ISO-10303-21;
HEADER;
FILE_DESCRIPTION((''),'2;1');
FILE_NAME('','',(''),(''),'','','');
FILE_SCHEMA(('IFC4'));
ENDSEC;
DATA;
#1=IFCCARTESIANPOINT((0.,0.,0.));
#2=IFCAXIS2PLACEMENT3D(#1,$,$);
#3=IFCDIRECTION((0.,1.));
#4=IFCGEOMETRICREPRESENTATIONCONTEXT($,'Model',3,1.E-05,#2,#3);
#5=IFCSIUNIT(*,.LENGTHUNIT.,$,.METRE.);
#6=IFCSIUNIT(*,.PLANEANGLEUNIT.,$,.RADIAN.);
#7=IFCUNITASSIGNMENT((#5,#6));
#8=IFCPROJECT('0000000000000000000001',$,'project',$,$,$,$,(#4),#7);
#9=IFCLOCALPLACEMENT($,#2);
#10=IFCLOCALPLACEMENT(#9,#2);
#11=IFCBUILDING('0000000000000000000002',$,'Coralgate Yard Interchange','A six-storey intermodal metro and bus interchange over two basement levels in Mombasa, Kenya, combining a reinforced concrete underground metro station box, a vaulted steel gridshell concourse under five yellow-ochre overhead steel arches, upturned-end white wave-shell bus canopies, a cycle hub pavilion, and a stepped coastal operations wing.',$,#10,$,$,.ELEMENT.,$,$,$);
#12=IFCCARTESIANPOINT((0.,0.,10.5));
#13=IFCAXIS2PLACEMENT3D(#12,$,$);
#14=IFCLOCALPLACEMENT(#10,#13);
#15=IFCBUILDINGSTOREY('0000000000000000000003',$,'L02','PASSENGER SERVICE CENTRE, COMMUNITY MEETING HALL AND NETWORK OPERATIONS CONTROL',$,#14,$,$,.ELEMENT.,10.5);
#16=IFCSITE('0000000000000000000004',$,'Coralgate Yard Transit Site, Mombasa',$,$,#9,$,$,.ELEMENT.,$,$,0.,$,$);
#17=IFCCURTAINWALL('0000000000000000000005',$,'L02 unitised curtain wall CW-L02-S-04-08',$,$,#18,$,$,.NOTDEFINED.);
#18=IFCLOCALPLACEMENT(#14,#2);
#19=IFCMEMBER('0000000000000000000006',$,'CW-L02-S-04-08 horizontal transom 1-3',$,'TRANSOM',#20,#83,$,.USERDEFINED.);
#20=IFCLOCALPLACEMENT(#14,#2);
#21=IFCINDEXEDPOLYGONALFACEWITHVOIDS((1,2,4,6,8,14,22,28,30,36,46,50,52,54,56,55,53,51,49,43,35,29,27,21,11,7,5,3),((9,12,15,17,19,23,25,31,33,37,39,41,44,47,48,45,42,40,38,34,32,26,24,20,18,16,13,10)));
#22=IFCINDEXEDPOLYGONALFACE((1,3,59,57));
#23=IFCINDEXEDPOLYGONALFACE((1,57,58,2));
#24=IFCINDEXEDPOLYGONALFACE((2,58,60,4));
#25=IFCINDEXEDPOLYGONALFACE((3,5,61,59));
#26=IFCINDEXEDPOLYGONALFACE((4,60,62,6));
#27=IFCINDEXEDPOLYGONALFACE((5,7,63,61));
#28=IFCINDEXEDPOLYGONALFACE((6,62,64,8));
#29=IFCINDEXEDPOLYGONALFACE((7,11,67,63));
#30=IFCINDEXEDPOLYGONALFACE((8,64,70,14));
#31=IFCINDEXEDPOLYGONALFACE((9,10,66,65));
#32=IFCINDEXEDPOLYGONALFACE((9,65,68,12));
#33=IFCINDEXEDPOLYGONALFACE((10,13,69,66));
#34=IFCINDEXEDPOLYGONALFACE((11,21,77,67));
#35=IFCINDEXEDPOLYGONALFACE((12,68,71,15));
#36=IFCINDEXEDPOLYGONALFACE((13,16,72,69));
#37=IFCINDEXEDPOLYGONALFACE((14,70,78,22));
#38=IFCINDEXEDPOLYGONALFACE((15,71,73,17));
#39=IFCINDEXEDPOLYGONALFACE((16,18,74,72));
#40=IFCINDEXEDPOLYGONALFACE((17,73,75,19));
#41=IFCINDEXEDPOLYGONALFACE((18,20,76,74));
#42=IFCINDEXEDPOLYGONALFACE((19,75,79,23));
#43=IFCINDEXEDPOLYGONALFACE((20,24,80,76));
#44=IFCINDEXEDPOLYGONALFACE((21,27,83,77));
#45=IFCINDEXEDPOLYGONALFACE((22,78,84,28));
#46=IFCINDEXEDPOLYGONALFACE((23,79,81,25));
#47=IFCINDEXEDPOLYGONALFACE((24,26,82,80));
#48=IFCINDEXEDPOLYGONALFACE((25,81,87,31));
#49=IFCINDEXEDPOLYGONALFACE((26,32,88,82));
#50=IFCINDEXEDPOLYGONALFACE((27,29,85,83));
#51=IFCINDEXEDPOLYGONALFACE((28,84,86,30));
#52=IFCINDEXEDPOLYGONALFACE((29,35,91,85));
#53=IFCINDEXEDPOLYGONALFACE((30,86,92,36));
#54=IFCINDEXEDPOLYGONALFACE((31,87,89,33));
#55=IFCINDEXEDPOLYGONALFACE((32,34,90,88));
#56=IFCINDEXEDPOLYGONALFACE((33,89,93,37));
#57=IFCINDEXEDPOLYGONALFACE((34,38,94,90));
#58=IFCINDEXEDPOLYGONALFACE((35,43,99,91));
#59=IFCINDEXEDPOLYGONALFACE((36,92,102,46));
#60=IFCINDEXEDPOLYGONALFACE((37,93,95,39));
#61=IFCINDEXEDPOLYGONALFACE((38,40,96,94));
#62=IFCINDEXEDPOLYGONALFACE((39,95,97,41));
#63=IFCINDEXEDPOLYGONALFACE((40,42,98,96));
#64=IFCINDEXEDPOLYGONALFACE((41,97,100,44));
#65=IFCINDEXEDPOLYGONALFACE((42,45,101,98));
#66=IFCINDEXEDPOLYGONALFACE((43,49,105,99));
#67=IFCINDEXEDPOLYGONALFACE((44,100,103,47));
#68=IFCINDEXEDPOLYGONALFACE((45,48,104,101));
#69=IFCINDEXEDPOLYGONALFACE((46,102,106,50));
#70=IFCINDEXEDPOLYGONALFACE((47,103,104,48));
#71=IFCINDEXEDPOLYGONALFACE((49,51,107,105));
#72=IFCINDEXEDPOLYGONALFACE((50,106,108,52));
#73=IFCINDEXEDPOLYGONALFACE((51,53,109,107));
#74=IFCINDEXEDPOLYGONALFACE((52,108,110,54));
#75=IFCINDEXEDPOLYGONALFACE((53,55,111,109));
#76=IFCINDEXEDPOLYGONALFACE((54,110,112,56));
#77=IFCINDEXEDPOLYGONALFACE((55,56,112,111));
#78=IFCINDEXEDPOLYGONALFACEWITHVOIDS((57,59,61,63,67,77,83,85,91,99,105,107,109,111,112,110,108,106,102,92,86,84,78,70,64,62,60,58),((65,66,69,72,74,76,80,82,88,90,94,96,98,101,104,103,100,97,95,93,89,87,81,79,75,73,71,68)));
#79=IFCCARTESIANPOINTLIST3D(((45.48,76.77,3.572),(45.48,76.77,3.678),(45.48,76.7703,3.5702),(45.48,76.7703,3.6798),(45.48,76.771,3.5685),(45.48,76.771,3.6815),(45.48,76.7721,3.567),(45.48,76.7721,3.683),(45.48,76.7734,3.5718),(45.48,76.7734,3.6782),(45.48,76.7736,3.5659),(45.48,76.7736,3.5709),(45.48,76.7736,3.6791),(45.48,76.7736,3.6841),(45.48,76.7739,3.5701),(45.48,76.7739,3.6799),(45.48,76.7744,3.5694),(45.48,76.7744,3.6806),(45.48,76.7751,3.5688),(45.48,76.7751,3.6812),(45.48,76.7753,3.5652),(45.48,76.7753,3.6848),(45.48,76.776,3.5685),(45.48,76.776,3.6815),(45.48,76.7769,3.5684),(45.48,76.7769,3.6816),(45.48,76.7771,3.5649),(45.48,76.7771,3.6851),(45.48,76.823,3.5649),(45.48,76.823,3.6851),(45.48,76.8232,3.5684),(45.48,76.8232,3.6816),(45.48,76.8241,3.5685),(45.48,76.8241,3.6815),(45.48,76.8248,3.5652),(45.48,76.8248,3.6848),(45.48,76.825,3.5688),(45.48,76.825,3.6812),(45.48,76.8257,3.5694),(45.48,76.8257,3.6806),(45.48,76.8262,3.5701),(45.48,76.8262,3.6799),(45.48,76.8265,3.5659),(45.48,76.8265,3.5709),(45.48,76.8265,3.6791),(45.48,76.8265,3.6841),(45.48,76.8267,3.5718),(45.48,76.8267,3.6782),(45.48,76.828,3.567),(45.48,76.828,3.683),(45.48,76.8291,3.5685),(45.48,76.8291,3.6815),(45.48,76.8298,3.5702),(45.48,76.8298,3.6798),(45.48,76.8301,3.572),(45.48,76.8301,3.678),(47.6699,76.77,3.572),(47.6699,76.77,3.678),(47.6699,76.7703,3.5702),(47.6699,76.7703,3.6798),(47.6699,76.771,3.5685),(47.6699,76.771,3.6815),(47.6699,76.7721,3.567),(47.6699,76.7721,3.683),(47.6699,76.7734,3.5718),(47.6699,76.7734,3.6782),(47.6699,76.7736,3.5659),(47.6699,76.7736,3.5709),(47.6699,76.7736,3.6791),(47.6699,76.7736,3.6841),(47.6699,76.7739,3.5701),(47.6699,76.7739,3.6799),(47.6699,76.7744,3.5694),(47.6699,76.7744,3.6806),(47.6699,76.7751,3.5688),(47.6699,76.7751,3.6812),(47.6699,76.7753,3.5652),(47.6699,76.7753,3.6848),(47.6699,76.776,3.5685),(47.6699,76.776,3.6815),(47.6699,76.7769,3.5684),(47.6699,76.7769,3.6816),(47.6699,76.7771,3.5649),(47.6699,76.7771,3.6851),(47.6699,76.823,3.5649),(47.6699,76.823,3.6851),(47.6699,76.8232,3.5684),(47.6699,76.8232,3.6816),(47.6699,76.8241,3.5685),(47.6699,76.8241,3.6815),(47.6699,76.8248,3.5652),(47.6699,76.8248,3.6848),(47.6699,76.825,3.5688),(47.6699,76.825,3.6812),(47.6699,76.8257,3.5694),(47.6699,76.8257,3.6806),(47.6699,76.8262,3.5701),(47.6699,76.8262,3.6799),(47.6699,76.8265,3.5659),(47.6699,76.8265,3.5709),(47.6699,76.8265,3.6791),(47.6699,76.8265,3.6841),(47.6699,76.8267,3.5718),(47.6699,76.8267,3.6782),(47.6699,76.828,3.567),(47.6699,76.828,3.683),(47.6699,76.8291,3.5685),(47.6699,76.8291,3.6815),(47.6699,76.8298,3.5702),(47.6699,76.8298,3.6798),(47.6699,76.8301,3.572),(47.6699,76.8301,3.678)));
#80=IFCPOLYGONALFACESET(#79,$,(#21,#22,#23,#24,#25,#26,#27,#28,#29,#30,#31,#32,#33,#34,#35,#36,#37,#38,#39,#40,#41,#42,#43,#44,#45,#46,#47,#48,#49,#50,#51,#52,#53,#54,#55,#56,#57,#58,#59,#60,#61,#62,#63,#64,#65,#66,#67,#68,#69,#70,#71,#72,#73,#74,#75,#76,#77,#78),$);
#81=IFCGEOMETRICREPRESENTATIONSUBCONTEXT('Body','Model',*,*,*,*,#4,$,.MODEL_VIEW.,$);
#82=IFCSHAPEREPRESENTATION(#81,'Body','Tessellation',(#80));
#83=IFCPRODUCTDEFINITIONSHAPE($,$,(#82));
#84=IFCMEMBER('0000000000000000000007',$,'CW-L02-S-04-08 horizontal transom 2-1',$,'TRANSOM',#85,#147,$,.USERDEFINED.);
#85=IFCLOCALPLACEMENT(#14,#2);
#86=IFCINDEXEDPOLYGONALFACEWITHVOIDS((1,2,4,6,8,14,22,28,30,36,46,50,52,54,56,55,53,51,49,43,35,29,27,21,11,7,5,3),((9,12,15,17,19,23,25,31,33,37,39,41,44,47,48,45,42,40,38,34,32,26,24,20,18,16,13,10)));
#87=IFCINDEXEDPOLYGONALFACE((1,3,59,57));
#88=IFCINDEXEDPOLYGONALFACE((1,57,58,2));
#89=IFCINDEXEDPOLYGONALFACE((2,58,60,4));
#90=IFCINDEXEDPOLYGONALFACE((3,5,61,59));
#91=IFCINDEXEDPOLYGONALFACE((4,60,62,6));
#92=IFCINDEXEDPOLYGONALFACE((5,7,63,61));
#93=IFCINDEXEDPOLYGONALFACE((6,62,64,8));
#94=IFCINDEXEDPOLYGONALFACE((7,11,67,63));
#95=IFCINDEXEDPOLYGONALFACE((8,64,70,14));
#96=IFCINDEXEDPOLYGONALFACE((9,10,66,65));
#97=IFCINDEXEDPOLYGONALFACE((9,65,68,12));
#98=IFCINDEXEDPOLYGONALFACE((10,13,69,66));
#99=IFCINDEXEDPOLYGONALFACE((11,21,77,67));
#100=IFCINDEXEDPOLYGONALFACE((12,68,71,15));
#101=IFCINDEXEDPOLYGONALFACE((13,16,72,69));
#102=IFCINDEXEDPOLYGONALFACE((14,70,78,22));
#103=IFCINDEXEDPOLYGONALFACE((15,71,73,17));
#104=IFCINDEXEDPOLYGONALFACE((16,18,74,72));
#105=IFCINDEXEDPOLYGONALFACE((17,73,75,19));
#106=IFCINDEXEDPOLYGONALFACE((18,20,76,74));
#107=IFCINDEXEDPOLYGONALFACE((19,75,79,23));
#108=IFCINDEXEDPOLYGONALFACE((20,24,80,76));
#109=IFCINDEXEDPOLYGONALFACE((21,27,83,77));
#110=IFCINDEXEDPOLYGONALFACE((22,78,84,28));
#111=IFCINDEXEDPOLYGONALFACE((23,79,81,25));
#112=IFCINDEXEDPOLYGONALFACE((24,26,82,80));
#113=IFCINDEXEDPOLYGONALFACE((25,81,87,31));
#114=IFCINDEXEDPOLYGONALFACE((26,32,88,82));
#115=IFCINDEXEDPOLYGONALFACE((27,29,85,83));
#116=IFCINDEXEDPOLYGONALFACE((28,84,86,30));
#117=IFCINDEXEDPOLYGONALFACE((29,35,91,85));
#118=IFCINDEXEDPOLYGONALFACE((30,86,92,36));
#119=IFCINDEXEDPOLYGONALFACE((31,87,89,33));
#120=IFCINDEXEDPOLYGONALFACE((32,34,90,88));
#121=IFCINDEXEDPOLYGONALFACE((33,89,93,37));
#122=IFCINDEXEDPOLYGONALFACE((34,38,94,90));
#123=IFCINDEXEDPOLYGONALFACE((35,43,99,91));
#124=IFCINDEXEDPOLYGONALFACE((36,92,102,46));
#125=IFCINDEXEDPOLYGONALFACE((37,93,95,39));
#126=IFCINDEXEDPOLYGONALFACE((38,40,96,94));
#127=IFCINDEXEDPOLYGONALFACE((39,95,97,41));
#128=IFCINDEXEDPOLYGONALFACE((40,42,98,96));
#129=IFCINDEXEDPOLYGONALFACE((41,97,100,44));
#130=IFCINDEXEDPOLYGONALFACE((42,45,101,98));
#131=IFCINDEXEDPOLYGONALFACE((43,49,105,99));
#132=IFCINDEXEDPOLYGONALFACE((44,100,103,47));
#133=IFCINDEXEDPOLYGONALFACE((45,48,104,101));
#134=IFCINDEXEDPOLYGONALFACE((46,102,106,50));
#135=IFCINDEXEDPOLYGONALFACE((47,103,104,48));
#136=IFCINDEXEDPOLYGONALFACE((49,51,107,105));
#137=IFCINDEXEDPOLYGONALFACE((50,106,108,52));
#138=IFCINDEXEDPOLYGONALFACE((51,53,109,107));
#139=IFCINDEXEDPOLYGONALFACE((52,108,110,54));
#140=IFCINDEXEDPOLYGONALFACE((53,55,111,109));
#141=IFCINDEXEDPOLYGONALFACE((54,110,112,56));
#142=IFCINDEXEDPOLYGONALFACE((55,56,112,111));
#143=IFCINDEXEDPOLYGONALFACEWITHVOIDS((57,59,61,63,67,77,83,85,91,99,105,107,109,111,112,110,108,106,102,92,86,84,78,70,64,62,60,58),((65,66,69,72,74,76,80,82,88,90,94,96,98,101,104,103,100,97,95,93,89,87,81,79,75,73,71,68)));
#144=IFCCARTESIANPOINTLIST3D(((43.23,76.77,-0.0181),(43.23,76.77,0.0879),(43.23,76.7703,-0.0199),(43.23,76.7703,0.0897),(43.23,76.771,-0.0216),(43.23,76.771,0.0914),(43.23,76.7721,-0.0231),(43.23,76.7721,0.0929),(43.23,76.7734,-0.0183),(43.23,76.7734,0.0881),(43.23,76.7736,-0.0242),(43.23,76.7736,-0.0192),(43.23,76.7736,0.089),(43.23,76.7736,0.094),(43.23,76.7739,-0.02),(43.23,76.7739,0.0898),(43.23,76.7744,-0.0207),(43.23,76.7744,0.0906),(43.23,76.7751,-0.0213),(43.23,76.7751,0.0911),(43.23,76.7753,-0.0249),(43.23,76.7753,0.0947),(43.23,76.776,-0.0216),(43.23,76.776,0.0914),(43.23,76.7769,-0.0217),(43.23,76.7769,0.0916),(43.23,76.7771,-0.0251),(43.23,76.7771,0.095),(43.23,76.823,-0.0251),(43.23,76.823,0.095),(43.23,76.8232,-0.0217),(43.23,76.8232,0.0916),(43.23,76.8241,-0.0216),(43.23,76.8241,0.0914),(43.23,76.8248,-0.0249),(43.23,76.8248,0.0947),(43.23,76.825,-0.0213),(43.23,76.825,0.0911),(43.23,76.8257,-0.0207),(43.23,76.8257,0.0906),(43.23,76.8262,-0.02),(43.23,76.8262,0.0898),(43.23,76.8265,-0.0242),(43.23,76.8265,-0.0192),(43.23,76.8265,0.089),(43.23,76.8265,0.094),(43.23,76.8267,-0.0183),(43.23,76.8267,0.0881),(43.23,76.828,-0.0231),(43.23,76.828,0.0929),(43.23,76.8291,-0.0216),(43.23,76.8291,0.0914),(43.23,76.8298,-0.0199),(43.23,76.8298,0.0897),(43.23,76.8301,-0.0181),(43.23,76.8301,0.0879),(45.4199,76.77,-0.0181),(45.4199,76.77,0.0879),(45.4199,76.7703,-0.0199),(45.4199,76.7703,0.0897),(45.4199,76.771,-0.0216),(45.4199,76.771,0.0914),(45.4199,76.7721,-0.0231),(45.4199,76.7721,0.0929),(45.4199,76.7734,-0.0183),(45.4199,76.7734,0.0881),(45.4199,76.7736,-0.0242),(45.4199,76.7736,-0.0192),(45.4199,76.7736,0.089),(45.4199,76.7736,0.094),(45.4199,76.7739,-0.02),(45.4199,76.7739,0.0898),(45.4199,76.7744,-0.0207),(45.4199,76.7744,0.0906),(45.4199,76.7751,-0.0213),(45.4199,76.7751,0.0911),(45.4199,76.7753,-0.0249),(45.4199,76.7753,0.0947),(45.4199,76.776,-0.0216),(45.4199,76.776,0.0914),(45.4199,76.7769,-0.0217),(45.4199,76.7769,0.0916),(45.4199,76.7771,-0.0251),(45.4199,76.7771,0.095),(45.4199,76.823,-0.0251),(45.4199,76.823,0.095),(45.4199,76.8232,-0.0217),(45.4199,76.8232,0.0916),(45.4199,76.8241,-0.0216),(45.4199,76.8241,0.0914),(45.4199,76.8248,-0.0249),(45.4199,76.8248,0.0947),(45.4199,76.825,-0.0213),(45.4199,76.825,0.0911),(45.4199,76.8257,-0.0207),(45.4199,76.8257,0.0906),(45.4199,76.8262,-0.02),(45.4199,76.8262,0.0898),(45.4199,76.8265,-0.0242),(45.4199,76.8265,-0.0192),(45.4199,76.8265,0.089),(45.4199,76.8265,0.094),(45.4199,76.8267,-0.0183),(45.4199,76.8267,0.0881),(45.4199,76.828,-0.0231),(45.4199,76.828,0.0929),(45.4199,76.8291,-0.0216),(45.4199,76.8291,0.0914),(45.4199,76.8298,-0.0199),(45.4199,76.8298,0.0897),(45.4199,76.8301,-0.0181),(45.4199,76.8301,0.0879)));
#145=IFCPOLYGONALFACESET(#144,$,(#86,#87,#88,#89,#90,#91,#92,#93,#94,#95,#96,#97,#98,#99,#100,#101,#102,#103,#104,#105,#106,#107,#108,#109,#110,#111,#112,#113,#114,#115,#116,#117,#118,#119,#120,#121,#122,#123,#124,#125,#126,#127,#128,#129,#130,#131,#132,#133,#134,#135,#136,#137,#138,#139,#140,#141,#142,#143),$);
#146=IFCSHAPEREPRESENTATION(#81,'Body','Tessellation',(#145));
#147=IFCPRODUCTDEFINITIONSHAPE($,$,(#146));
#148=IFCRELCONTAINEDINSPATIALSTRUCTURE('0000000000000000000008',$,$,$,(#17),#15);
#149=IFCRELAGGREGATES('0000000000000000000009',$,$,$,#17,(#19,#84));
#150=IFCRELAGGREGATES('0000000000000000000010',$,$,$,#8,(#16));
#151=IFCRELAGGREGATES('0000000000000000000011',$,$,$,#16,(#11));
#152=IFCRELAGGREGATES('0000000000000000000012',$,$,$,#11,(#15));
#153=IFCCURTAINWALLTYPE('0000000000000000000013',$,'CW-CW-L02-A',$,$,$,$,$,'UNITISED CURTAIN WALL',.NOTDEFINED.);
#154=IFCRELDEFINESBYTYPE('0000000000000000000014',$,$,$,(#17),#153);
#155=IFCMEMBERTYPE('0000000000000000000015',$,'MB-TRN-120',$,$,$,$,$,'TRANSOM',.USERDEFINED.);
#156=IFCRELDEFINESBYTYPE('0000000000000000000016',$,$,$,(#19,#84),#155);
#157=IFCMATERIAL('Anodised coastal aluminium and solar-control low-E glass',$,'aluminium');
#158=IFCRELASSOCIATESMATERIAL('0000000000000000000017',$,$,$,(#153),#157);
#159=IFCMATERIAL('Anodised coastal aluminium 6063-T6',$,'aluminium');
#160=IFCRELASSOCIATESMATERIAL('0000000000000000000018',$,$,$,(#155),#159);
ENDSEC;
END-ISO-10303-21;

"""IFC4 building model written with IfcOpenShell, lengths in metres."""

from ifc_helpers import new_model, si_unit, direction, frame, origin, origin_2d, place, context, subcontext, project, spatial, hollow_rectangle, extrude, material, material_profile, profile_set, type_object, element, aggregate, save


model = new_model("IFC4")

# Units and contexts
model_context = context("Model", 3, precision=1e-05, world=origin(), true_north=direction((0.0, 1.0)))
body_context = subcontext(model_context, "Body", "Model", "MODEL_VIEW")
ifc_project = project(units=[si_unit("LENGTHUNIT", "METRE"), si_unit("PLANEANGLEUNIT", "RADIAN")], contexts=[model_context])

# Site, building, storey
site_placement = place(None, origin())
site = spatial("IfcSite", under=ifc_project, at=site_placement, Name="Coralgate Yard Transit Site, Mombasa", CompositionType="ELEMENT", RefElevation=0.0)
building_placement = place(site_placement, origin())
building = spatial("IfcBuilding", under=site, at=building_placement, Name="Coralgate Yard Interchange", Description="A six-storey intermodal metro and bus interchange over two basement levels in Mombasa, Kenya, combining a reinforced concrete underground metro station box, a vaulted steel gridshell concourse under five yellow-ochre overhead steel arches, upturned-end white wave-shell bus canopies, a cycle hub pavilion, and a stepped coastal operations wing.", CompositionType="ELEMENT")
storey_placement = place(building_placement, frame((0.0, 0.0, 10.5)))
storey = spatial("IfcBuildingStorey", under=building, at=storey_placement, Name="L02", Description="PASSENGER SERVICE CENTRE, COMMUNITY MEETING HALL AND NETWORK OPERATIONS CONTROL", CompositionType="ELEMENT", Elevation=10.5)

# Curtain wall, members
ifc_material_1 = material(Name="Anodised coastal aluminium and solar-control low-E glass", Category="aluminium")
curtain_wall_type = type_object("IfcCurtainWallType", Name="CW-CW-L02-A", ElementType="UNITISED CURTAIN WALL", PredefinedType="NOTDEFINED", material=ifc_material_1)
curtain_wall_placement = place(storey_placement, origin())
curtain_wall = element("IfcCurtainWall", 1, at=curtain_wall_placement, inside=storey, type_object=curtain_wall_type, Name="L02 unitised curtain wall CW-L02-S-04-08", PredefinedType="NOTDEFINED")
ifc_material_2 = material(Name="Anodised coastal aluminium 6063-T6", Category="aluminium")
ifc_material_profile_1 = material_profile(ifc_material_2, hollow_rectangle(XDim=0.0601, YDim=0.1201, WallThickness=0.0034, InnerFilletRadius=0.0034, OuterFilletRadius=0.0071, at=origin_2d()), Name="ALU 60x120x3.5")
ifc_profile_set_1 = profile_set([ifc_material_profile_1], Name="Anodised coastal aluminium 6063-T6")
member_type_1 = type_object("IfcMemberType", Name="MB-TRN-120", ElementType="TRANSOM", PredefinedType="USERDEFINED", material=ifc_profile_set_1)
member_1_placement = place(storey_placement, frame((47.6699, 76.8, 3.625), z_axis=(-1.0, 0.0, 0.0), x_axis=(0.0, -1.0, 0.0)))
member_1 = element("IfcMember", 2, at=member_1_placement, type_object=member_type_1, Name="CW-L02-S-04-08 horizontal transom 1-3", ObjectType="TRANSOM", PredefinedType="USERDEFINED", context=body_context, shape_type="SweptSolid", body=[
    extrude(hollow_rectangle(XDim=0.0601, YDim=0.1201, WallThickness=0.0034, InnerFilletRadius=0.0034, OuterFilletRadius=0.0071, at=origin_2d()), origin(), (0.0, 0.0, 1.0), 2.1899),
])
member_2_placement = place(storey_placement, frame((45.4199, 76.8, 0.0349), z_axis=(-1.0, 0.0, 0.0), x_axis=(0.0, -1.0, 0.0)))
member_2 = element("IfcMember", 3, at=member_2_placement, type_object=member_type_1, Name="CW-L02-S-04-08 horizontal transom 2-1", ObjectType="TRANSOM", PredefinedType="USERDEFINED", context=body_context, shape_type="SweptSolid", body=[
    extrude(hollow_rectangle(XDim=0.0601, YDim=0.1201, WallThickness=0.0034, InnerFilletRadius=0.0034, OuterFilletRadius=0.0071, at=origin_2d()), origin(), (0.0, 0.0, 1.0), 2.1899),
])
aggregate(curtain_wall, [member_1, member_2])

save(model, "model.ifc")
